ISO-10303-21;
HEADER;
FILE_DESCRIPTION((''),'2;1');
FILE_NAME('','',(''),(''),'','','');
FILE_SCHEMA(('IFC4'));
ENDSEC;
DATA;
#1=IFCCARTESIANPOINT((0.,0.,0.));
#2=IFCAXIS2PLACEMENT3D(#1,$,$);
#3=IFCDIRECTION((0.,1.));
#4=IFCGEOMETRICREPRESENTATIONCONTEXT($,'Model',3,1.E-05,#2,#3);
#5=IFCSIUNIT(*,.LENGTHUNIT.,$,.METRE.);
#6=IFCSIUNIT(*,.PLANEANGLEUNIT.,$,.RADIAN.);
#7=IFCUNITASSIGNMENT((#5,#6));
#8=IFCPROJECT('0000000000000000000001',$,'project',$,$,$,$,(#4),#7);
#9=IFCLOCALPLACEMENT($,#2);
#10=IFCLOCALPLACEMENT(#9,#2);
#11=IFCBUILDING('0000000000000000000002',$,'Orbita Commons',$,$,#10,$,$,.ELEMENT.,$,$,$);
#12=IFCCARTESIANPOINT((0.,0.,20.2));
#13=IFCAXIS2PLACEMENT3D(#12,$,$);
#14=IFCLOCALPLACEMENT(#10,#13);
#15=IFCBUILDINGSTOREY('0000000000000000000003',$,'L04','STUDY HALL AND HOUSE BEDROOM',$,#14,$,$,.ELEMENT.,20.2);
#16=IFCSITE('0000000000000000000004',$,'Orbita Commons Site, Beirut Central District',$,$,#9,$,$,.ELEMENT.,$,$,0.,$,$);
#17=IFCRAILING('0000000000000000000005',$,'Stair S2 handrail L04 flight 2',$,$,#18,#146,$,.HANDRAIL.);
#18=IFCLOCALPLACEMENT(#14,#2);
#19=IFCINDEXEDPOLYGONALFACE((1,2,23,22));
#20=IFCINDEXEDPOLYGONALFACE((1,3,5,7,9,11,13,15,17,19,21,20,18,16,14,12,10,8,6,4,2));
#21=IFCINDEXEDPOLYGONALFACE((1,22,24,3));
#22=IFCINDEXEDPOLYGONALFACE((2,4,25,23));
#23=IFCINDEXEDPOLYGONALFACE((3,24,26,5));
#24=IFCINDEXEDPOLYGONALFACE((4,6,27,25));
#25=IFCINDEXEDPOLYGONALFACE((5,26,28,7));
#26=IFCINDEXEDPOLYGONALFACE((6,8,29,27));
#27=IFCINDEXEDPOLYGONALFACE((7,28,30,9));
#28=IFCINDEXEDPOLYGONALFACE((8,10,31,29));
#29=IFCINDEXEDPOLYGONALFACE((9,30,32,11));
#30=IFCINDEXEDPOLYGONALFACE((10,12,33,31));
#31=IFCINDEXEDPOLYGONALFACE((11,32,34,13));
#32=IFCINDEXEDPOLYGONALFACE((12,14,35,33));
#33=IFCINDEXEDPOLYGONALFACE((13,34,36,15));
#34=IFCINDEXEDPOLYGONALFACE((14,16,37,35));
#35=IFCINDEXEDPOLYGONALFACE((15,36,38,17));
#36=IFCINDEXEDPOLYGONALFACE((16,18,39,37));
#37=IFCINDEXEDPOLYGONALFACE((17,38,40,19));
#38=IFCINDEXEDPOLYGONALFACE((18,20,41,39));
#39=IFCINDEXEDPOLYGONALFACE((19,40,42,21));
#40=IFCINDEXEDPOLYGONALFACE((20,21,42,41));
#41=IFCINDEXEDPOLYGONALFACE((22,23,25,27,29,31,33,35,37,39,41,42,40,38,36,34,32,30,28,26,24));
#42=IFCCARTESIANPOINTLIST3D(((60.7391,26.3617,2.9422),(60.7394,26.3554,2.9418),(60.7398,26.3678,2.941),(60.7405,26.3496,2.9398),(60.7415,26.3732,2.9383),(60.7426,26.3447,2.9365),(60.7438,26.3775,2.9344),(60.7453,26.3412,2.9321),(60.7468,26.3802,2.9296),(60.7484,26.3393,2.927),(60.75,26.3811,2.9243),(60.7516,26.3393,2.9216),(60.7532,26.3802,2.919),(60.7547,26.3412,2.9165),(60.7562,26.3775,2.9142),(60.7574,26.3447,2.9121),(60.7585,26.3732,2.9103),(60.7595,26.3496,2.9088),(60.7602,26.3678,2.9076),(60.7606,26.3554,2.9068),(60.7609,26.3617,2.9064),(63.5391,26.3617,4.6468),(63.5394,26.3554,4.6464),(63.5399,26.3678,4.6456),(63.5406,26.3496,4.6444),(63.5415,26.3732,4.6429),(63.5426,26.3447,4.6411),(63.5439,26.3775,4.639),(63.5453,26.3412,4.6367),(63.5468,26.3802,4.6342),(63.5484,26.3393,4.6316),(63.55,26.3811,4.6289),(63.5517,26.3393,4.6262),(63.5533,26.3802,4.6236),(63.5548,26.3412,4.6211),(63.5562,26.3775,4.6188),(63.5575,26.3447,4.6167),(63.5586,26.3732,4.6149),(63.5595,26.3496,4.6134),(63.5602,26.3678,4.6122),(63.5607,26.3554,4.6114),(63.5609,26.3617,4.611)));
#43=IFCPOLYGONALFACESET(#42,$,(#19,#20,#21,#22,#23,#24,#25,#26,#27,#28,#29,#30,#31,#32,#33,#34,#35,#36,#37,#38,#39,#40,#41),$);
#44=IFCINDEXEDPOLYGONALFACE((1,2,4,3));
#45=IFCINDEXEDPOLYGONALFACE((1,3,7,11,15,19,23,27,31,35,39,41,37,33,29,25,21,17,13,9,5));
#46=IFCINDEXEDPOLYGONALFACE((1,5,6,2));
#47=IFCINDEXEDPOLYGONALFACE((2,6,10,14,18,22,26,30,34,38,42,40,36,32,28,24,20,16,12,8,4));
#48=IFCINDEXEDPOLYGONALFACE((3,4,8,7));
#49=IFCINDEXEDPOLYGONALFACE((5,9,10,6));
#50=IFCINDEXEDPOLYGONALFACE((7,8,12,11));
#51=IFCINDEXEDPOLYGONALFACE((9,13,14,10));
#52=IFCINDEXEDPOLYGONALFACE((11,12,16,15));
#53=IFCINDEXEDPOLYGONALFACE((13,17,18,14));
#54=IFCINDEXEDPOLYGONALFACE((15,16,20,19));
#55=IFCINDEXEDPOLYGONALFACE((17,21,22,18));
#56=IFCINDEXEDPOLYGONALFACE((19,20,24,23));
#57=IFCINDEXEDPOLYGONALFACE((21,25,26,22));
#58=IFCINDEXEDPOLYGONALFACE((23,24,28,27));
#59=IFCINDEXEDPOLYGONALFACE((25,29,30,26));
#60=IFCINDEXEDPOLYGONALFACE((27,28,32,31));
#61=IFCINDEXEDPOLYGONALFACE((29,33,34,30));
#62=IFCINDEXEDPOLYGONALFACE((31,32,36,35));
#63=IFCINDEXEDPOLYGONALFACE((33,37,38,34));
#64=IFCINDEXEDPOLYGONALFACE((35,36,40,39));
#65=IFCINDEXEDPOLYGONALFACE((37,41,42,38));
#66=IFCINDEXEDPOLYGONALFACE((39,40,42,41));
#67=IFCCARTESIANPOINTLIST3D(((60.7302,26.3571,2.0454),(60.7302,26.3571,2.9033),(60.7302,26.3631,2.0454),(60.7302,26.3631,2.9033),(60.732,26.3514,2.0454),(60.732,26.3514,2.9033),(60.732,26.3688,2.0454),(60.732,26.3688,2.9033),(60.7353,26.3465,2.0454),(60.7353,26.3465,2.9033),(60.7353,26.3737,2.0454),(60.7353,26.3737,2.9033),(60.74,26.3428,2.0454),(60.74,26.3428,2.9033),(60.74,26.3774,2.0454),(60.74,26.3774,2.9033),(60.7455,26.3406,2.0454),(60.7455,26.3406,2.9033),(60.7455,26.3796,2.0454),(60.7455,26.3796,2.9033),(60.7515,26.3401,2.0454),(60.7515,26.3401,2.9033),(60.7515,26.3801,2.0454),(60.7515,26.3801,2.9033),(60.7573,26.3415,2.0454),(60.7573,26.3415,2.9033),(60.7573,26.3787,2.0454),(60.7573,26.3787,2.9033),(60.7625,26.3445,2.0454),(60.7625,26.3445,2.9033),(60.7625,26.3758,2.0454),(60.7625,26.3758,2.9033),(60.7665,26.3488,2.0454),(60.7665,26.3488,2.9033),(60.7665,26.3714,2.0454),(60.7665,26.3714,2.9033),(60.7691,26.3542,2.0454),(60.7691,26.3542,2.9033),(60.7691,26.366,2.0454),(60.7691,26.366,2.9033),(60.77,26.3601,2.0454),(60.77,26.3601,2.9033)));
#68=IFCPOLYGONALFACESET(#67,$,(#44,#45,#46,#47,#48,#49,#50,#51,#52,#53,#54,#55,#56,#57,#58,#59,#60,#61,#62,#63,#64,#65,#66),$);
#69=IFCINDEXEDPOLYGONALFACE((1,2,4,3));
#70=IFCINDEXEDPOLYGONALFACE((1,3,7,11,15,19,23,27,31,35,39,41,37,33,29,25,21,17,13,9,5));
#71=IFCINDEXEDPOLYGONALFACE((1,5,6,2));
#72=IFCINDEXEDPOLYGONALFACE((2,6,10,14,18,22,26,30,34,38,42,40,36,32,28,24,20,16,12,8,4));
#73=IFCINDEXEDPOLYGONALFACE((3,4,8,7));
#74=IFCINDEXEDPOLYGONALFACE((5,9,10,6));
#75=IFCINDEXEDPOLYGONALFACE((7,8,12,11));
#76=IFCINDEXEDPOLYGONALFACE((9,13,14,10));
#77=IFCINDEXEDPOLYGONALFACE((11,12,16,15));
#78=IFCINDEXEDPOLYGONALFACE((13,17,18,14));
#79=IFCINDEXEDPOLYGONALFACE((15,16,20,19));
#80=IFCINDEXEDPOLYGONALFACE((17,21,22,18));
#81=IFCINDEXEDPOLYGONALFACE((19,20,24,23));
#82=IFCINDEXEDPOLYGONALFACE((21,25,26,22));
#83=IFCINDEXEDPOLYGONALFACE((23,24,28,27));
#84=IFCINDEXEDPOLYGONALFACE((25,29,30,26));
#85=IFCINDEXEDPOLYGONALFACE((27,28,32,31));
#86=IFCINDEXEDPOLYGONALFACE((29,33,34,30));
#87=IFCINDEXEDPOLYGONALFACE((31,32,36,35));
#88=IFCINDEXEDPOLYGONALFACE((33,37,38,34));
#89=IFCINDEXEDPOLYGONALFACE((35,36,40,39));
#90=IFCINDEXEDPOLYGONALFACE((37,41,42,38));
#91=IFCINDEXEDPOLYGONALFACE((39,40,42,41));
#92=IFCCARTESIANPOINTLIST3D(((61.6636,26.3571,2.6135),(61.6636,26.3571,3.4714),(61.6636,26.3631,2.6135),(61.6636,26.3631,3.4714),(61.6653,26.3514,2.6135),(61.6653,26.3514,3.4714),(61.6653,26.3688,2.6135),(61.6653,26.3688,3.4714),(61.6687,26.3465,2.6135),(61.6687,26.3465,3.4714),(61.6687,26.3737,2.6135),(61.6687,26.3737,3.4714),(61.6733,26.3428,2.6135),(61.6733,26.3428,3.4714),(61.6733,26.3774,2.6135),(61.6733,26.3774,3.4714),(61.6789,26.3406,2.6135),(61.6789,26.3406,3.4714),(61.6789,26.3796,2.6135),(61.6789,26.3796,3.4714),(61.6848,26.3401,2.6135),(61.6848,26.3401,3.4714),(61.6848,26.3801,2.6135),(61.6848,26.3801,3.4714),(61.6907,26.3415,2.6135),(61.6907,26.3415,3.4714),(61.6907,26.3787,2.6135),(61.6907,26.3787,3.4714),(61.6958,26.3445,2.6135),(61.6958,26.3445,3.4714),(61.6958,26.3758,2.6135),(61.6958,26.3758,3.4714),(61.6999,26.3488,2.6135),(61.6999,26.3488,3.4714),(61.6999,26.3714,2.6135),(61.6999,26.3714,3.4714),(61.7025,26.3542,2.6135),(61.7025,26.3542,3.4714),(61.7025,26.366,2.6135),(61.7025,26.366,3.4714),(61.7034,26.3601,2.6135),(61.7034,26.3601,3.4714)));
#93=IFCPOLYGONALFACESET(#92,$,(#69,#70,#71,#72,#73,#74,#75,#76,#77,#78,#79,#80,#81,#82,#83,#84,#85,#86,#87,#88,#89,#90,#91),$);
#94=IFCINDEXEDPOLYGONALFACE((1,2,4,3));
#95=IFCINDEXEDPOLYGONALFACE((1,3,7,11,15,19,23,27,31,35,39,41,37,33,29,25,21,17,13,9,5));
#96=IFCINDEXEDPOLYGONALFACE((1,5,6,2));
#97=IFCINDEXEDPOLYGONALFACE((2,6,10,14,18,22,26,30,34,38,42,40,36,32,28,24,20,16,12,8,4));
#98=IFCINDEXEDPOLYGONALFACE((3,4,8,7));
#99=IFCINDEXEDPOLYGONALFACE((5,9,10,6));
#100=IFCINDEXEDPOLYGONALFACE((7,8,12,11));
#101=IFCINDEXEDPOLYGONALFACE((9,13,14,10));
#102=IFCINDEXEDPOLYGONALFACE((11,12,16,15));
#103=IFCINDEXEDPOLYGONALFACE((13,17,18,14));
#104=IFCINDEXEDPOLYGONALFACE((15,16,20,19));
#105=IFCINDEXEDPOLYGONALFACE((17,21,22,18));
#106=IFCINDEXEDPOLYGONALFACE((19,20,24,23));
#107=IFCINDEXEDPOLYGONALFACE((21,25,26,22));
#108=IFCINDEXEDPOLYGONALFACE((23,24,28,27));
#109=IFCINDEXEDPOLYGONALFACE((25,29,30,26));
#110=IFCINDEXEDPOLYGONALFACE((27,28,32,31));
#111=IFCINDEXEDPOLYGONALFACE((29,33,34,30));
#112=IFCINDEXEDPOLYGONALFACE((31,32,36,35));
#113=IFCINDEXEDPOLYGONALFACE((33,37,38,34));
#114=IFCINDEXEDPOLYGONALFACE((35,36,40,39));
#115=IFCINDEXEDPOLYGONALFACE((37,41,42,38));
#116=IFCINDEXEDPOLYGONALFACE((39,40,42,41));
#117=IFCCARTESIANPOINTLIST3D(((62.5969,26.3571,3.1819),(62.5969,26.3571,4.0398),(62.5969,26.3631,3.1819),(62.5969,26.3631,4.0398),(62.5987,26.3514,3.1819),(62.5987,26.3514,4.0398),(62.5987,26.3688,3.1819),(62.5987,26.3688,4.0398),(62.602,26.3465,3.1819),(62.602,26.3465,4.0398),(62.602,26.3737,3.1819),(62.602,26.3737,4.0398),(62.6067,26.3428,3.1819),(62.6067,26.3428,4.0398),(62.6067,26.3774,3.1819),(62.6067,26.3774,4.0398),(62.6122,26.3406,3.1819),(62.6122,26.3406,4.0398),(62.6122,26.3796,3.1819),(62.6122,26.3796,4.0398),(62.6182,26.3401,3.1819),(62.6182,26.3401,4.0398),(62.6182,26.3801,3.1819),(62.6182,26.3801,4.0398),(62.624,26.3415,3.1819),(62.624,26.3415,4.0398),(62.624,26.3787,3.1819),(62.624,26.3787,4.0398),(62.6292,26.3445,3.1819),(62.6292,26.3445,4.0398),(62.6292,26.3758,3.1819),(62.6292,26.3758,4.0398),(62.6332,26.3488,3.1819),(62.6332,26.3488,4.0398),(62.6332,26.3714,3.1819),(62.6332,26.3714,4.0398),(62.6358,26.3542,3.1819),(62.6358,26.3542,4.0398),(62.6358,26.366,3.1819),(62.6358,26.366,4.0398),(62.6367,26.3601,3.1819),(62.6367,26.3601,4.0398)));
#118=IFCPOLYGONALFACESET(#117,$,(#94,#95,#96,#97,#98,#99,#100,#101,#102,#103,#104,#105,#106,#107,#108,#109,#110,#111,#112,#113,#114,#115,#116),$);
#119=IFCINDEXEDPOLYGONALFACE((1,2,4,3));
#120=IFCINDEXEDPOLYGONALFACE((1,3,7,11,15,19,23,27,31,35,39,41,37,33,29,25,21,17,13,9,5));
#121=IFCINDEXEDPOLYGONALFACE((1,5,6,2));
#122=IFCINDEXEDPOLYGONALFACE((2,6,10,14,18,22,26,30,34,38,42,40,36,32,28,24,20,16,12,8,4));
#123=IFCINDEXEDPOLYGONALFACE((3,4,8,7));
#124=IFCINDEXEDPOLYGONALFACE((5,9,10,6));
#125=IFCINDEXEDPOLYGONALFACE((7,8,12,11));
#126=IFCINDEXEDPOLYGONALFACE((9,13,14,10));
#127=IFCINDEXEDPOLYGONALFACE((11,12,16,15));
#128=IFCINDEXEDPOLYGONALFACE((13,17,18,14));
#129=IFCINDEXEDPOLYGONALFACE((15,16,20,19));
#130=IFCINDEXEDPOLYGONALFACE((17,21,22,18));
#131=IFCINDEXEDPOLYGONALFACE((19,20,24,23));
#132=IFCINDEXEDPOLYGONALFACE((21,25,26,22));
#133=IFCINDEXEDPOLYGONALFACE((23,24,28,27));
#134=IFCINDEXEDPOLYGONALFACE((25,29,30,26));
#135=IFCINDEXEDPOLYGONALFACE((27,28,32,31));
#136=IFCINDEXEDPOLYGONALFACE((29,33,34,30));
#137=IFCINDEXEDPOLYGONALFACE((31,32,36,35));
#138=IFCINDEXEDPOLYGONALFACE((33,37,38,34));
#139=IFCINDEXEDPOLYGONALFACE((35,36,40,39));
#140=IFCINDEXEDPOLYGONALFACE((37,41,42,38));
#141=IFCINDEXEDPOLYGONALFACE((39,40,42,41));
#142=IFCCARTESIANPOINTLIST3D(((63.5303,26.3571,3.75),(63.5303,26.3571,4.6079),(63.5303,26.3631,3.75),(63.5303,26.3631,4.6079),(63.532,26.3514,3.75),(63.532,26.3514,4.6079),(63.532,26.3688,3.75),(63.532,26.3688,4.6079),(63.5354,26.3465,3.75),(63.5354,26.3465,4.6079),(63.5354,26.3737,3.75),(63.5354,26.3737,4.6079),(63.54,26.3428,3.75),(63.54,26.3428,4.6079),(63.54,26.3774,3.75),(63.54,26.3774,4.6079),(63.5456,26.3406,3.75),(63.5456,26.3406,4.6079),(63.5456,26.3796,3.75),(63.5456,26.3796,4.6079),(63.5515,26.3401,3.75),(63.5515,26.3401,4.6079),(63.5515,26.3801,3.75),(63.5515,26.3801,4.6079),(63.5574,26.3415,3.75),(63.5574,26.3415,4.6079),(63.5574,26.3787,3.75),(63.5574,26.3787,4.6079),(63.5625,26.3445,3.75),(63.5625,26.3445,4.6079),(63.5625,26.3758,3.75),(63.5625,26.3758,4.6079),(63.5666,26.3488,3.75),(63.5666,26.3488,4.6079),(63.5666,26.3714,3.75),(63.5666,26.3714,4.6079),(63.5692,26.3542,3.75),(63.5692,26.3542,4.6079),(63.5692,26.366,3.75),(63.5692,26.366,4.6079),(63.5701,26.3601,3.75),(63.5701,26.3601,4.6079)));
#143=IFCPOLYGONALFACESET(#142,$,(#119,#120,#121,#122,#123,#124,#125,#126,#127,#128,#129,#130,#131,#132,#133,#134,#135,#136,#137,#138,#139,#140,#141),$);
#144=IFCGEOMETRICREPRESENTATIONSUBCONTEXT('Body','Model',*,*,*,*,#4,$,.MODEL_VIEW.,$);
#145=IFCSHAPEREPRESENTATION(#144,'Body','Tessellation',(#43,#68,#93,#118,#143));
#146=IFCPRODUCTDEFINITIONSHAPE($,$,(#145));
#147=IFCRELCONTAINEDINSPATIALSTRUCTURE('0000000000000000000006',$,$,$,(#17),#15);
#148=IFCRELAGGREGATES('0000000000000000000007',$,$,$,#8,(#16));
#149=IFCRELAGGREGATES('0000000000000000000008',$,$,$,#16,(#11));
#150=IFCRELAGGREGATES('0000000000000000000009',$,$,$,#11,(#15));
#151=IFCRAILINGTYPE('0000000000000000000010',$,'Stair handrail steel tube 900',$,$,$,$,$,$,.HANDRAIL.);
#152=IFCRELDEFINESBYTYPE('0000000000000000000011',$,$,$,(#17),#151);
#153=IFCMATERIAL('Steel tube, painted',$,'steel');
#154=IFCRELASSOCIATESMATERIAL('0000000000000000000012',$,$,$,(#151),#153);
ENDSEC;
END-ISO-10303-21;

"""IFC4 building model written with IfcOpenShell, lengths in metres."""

from ifc_helpers import new_model, si_unit, direction, frame, origin, origin_2d, place, context, subcontext, project, spatial, circle, extrude, material, type_object, element, save


model = new_model("IFC4")

# Units and contexts
model_context = context("Model", 3, precision=1e-05, world=origin(), true_north=direction((0.0, 1.0)))
body_context = subcontext(model_context, "Body", "Model", "MODEL_VIEW")
ifc_project = project(units=[si_unit("LENGTHUNIT", "METRE"), si_unit("PLANEANGLEUNIT", "RADIAN")], contexts=[model_context])

# Site, building, storey
site_placement = place(None, origin())
site = spatial("IfcSite", under=ifc_project, at=site_placement, Name="Orbita Commons Site, Beirut Central District", CompositionType="ELEMENT", RefElevation=0.0)
building_placement = place(site_placement, origin())
building = spatial("IfcBuilding", under=site, at=building_placement, Name="Orbita Commons", CompositionType="ELEMENT")
storey_placement = place(building_placement, frame((0.0, 0.0, 20.2)))
storey = spatial("IfcBuildingStorey", under=building, at=storey_placement, Name="L04", Description="STUDY HALL AND HOUSE BEDROOM", CompositionType="ELEMENT", Elevation=20.2)

# Railing
ifc_material_1 = material(Name="Steel tube, painted", Category="steel")
railing_type = type_object("IfcRailingType", Name="Stair handrail steel tube 900", PredefinedType="HANDRAIL", material=ifc_material_1)
for number, where, name in (
    (1, (60.75, 26.3601, 2.0454), "Stair S2 handrail L04 flight 2"),
):
    element("IfcRailing", number, at=place(storey_placement, frame(where)), inside=storey, type_object=railing_type, Name=name, PredefinedType="HANDRAIL", context=body_context, shape_type="SweptSolid", body=[
        extrude(circle(Radius=0.021, at=origin_2d()), frame((0.0, 0.0, 0.8789), z_axis=(0.85417, 0.0, 0.519994), x_axis=(0.0, 1.0, 0.0)), (0.0, 0.0, 1.0), 3.2781),
        extrude(circle(Radius=0.02, at=origin_2d()), origin(), (0.0, 0.0, 1.0), 0.8579),
        extrude(circle(Radius=0.02, at=origin_2d()), frame((0.9333, 0.0, 0.5681)), (0.0, 0.0, 1.0), 0.8579),
        extrude(circle(Radius=0.02, at=origin_2d()), frame((1.8667, 0.0, 1.1365)), (0.0, 0.0, 1.0), 0.8579),
        extrude(circle(Radius=0.02, at=origin_2d()), frame((2.8, 0.0, 1.7046)), (0.0, 0.0, 1.0), 0.8579),
    ])

save(model, "model.ifc")
